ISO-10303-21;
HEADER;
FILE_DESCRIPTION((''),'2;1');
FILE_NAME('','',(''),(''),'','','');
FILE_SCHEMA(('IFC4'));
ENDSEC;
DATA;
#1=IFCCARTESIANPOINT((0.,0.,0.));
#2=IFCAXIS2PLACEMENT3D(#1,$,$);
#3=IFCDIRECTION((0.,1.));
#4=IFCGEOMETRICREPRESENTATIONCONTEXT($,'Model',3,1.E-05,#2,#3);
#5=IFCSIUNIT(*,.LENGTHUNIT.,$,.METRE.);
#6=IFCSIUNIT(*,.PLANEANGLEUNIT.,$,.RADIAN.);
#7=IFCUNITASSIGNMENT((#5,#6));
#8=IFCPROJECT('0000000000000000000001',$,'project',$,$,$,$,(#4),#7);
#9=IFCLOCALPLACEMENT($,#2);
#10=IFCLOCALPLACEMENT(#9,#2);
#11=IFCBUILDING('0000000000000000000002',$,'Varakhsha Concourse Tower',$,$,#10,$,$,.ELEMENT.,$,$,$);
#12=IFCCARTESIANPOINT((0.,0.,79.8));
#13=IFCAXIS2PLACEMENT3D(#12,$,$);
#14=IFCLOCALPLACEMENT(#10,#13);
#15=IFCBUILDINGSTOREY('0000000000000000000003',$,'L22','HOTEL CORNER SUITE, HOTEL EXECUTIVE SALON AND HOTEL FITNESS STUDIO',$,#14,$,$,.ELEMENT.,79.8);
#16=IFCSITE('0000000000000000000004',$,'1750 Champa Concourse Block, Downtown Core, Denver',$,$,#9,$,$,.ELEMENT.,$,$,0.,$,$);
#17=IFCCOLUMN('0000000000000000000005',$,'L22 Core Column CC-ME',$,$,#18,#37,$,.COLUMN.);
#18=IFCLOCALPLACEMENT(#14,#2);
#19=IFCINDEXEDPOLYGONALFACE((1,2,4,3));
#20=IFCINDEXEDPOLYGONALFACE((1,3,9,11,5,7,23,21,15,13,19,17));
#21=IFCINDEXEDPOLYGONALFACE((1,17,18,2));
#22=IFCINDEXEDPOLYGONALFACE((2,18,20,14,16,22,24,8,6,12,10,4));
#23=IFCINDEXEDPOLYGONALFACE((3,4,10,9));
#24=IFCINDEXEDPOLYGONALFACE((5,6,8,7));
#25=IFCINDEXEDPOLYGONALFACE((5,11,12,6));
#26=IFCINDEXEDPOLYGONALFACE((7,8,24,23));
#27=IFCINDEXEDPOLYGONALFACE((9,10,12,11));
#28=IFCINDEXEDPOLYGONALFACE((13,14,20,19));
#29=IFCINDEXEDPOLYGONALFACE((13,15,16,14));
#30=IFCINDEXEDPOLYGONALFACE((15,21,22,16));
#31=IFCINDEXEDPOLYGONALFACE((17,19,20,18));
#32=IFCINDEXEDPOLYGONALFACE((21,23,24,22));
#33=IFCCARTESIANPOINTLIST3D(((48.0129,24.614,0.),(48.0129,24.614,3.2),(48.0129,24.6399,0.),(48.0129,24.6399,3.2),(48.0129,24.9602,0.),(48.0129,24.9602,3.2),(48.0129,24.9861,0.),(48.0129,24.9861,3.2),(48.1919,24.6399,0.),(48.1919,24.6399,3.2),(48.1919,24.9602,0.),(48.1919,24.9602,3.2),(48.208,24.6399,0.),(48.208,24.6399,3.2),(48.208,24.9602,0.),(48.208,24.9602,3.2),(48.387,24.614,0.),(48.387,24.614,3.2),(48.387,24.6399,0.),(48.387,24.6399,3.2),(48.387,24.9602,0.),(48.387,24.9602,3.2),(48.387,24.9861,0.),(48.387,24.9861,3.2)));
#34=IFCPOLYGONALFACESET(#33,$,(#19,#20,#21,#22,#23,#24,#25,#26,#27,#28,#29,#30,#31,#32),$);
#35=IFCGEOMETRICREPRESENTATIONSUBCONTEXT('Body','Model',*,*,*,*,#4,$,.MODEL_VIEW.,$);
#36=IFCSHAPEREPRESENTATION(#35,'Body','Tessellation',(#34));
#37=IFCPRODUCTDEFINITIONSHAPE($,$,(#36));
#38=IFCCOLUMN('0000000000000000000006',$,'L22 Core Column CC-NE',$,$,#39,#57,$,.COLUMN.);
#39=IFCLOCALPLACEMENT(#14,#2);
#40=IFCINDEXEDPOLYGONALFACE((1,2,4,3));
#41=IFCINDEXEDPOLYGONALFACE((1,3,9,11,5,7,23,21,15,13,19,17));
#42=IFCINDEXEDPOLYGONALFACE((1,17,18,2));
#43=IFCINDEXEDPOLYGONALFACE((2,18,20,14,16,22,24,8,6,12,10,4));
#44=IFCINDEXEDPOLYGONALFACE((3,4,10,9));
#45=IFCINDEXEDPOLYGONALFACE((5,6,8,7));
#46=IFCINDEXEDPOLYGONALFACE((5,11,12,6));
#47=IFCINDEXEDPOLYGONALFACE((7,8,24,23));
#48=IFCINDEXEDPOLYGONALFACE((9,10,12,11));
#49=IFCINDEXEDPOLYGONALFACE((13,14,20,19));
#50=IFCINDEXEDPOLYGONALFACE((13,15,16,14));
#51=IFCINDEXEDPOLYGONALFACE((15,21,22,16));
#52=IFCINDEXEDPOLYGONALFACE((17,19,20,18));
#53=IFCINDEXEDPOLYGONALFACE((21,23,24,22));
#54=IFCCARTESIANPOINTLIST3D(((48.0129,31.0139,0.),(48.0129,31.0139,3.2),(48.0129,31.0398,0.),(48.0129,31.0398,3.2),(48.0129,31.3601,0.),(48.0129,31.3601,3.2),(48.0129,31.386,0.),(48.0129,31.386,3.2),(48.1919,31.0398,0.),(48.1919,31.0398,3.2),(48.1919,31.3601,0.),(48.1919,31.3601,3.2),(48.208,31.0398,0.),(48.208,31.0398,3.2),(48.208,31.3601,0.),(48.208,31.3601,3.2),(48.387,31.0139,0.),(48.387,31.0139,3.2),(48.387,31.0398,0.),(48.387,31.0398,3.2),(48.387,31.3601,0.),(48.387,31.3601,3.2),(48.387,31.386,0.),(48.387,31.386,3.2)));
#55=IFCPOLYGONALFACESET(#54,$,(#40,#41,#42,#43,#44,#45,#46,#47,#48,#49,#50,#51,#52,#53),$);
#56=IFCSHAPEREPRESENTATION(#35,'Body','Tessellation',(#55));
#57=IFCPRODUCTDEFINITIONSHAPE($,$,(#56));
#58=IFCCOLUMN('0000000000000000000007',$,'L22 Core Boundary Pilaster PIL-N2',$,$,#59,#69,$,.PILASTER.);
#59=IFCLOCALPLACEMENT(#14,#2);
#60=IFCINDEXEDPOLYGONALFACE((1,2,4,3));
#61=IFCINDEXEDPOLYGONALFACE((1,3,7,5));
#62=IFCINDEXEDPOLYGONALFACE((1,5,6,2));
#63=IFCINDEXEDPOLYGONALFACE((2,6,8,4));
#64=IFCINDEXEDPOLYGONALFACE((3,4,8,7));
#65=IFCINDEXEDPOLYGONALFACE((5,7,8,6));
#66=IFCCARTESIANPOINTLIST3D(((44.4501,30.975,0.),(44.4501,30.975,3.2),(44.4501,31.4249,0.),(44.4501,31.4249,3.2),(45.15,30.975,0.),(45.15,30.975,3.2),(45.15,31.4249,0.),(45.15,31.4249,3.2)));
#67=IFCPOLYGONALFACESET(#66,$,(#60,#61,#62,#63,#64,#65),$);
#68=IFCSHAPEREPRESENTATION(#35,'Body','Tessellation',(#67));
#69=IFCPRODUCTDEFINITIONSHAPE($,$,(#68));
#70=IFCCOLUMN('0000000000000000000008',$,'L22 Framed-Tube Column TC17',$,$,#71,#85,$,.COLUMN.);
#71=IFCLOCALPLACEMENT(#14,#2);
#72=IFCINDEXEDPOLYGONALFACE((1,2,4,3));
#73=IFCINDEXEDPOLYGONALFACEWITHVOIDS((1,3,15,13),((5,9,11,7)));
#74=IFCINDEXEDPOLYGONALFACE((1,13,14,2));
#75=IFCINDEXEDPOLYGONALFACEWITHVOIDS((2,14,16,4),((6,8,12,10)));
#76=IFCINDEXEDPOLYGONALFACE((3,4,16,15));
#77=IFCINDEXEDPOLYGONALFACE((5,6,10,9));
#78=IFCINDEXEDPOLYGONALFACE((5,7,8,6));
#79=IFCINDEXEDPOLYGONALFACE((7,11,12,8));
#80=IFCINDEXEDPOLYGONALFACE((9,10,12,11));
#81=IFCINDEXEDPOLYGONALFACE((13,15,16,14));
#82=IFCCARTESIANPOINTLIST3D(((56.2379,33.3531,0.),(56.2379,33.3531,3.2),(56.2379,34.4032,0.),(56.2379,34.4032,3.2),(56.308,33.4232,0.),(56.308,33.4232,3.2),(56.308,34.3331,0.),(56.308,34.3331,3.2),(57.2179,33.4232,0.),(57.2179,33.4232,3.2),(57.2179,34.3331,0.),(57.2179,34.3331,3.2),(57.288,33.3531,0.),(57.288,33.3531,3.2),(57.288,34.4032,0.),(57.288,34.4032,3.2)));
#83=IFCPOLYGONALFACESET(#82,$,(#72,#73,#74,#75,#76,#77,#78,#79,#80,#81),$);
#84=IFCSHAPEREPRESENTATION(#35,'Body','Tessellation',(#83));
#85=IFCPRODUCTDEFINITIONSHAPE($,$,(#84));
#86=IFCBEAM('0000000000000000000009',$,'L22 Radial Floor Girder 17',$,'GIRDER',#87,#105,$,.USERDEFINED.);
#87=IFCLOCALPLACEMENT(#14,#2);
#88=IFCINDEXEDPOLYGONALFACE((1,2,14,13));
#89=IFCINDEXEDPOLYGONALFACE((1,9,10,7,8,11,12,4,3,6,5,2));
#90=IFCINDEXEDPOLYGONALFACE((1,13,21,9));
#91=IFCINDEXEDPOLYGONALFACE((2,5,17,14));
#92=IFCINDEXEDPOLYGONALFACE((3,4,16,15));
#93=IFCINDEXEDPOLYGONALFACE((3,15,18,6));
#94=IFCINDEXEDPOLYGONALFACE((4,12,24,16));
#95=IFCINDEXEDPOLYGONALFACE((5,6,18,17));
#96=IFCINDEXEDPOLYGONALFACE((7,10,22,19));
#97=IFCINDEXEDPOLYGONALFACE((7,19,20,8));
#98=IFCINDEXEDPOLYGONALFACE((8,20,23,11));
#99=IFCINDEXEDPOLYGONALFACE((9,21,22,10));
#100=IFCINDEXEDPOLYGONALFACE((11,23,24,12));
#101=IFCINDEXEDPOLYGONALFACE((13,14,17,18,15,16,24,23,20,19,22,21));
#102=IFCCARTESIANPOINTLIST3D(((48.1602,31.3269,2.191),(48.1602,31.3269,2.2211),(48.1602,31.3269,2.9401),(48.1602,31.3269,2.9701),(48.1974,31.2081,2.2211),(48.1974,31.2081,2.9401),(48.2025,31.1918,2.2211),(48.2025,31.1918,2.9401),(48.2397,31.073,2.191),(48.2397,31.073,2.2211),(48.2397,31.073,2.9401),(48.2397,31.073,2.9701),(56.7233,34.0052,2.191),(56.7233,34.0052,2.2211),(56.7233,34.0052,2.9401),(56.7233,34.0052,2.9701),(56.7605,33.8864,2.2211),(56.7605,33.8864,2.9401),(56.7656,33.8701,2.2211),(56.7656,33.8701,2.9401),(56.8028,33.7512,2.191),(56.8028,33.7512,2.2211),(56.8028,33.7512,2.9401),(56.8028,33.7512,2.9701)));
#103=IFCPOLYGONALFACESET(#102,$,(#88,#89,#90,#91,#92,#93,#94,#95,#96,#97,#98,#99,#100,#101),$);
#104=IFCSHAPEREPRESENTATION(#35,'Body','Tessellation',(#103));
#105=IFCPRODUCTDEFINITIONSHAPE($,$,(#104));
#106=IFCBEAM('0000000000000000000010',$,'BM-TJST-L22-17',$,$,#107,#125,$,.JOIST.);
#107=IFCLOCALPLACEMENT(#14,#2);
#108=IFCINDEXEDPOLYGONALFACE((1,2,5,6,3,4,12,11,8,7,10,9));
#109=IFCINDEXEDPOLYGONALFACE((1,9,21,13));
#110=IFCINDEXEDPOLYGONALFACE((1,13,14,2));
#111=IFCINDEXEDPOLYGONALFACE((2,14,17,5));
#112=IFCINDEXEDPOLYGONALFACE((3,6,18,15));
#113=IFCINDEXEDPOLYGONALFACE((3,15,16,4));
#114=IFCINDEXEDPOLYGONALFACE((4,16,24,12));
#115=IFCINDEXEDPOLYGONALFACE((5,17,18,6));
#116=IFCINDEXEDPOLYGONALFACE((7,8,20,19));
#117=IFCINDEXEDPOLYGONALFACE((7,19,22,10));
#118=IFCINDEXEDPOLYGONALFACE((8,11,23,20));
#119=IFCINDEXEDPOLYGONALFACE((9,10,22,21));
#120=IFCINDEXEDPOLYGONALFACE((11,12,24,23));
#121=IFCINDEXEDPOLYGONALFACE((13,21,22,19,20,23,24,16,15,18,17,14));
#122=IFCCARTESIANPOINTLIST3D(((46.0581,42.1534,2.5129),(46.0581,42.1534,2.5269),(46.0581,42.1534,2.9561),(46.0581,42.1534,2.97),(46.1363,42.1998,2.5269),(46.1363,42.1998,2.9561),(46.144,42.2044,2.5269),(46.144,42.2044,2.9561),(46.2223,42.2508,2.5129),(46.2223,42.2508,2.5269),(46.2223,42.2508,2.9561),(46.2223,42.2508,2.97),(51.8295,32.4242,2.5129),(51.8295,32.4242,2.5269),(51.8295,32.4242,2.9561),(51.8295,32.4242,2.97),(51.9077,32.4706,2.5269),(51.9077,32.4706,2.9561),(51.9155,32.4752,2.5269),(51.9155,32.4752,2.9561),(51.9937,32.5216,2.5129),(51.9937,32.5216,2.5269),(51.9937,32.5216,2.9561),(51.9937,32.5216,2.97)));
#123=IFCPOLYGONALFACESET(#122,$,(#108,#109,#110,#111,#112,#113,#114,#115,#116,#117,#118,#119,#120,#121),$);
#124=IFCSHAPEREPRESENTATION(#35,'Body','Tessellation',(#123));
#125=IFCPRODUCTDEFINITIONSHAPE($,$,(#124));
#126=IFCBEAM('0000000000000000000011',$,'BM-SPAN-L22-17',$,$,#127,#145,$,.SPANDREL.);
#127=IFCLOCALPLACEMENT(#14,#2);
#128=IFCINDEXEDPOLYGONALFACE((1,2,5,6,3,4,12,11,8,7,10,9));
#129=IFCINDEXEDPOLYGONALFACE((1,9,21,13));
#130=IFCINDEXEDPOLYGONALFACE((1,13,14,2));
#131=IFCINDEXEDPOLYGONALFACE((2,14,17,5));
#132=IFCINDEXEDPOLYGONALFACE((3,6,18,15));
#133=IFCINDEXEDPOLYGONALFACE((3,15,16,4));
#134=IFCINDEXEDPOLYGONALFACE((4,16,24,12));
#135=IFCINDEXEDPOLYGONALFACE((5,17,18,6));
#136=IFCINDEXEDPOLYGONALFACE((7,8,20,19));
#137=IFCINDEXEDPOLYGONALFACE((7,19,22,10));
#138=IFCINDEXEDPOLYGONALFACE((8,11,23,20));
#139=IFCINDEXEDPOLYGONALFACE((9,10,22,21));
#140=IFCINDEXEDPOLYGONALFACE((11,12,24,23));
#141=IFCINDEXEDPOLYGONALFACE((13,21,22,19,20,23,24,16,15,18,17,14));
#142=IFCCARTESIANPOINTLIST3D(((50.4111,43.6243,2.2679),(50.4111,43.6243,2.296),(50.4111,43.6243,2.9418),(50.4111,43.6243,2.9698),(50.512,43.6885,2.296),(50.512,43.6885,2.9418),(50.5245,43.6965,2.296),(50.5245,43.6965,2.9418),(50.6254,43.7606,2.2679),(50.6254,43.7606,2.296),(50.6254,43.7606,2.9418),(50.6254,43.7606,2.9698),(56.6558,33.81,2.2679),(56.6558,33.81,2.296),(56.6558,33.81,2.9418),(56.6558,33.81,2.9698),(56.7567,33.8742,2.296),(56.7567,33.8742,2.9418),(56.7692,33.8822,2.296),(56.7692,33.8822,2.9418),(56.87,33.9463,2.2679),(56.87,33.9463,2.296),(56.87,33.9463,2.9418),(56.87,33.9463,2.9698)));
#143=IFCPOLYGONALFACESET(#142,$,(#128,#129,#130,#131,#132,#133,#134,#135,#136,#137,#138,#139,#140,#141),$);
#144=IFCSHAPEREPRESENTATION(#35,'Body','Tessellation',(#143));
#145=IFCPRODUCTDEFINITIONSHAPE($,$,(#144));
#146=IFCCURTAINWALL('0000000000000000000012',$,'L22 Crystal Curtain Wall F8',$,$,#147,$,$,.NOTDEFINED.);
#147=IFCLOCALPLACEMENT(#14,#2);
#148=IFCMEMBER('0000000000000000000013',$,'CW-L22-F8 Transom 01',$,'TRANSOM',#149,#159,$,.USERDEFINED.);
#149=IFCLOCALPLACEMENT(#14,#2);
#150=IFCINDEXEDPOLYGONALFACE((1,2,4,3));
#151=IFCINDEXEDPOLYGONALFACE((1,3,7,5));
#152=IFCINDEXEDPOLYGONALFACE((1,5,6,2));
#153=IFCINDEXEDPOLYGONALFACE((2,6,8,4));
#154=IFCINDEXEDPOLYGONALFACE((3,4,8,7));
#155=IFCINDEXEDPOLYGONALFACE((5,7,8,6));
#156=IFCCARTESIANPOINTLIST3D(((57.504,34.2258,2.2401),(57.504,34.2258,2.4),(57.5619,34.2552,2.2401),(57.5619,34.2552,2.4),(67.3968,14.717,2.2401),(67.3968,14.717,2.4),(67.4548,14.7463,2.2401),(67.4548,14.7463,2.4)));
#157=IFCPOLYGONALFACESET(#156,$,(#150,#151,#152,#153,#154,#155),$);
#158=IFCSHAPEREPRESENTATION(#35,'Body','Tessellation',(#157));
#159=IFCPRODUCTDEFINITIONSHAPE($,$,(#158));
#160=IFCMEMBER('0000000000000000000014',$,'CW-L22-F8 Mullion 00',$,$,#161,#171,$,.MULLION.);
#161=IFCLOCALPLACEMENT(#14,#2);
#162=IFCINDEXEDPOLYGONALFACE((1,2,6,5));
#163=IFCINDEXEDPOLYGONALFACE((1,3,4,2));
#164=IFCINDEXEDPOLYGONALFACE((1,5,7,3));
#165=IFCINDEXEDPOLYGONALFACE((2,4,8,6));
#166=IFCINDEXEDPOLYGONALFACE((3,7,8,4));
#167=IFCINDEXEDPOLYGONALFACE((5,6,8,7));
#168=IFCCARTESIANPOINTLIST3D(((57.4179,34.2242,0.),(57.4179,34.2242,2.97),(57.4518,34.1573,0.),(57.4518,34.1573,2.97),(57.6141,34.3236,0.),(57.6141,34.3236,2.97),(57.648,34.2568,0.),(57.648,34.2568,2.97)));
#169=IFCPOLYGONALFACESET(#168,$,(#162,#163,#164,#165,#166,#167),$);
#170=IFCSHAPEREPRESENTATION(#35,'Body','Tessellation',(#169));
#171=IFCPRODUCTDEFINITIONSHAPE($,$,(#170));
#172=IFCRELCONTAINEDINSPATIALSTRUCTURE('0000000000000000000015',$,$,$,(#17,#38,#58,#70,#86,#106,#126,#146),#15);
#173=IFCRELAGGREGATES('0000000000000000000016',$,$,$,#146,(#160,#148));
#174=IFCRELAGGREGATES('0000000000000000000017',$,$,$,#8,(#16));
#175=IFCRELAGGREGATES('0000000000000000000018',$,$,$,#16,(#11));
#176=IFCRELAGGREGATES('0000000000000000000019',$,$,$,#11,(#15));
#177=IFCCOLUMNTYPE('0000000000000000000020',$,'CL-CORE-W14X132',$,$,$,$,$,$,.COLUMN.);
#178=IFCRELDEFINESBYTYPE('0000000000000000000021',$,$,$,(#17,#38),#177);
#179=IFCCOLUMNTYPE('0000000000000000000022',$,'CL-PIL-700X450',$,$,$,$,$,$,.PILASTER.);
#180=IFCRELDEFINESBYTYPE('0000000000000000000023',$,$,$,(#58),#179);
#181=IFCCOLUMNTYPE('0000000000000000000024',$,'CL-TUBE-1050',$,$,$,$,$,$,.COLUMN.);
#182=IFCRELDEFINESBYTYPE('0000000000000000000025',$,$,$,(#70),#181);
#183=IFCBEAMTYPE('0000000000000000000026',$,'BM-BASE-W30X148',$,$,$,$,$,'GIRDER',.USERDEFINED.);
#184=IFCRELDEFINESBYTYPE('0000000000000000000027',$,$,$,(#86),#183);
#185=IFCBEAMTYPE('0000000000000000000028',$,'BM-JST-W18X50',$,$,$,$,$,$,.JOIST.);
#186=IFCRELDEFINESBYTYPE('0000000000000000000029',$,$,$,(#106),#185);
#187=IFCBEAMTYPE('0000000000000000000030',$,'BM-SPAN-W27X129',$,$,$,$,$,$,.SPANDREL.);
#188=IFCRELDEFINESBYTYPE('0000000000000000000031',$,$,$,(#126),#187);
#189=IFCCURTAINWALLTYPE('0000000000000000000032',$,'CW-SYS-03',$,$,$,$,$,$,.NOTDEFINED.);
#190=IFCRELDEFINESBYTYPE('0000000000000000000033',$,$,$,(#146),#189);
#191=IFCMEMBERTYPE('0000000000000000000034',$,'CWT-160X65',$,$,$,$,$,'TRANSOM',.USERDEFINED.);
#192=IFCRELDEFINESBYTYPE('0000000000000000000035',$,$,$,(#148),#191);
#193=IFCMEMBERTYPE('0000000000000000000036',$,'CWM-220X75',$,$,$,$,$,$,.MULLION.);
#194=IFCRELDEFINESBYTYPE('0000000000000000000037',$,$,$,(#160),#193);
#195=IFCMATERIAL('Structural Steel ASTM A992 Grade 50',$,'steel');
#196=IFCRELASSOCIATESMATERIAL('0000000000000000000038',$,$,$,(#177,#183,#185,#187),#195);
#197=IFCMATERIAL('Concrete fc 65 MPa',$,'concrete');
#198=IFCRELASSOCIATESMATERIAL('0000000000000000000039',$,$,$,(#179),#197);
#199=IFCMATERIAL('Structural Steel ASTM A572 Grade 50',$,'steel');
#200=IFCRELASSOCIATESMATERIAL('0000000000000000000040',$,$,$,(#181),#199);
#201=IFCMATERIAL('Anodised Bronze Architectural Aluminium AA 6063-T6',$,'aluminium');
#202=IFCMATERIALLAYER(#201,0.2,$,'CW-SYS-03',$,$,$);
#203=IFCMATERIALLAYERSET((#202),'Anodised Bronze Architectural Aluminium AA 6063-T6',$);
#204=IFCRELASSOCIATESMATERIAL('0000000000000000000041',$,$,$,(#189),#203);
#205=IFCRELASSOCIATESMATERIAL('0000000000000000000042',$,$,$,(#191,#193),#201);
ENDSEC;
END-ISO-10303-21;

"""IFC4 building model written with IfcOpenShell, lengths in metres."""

from ifc_helpers import new_model, si_unit, direction, frame, origin, origin_2d, place, context, subcontext, project, spatial, rectangle, hollow_rectangle, i_section, extrude, source, transform, mapped, material, layer, layer_set, material_profile, profile_set, type_object, type_shapes, element, aggregate, save


model = new_model("IFC4")

# Units and contexts
model_context = context("Model", 3, precision=1e-05, world=origin(), true_north=direction((0.0, 1.0)))
body_context = subcontext(model_context, "Body", "Model", "MODEL_VIEW")
ifc_project = project(units=[si_unit("LENGTHUNIT", "METRE"), si_unit("PLANEANGLEUNIT", "RADIAN")], contexts=[model_context])

# Site, building, storey
site_placement = place(None, origin())
site = spatial("IfcSite", under=ifc_project, at=site_placement, Name="1750 Champa Concourse Block, Downtown Core, Denver", CompositionType="ELEMENT", RefElevation=0.0)
building_placement = place(site_placement, origin())
building = spatial("IfcBuilding", under=site, at=building_placement, Name="Varakhsha Concourse Tower", CompositionType="ELEMENT")
storey_placement = place(building_placement, frame((0.0, 0.0, 79.8)))
storey = spatial("IfcBuildingStorey", under=building, at=storey_placement, Name="L22", Description="HOTEL CORNER SUITE, HOTEL EXECUTIVE SALON AND HOTEL FITNESS STUDIO", CompositionType="ELEMENT", Elevation=79.8)

# Columns
ifc_material_1 = material(Name="Structural Steel ASTM A992 Grade 50", Category="steel")
ifc_material_profile_1 = material_profile(ifc_material_1, i_section(OverallWidth=0.374, OverallDepth=0.3721, WebThickness=0.0161, FlangeThickness=0.0259, at=origin_2d()), Name="W14X132")
ifc_profile_set_1 = profile_set([ifc_material_profile_1], Name="Structural Steel ASTM A992 Grade 50")
column_type_1 = type_object("IfcColumnType", Name="CL-CORE-W14X132", PredefinedType="COLUMN", material=ifc_profile_set_1)
for number, where, z_axis, x_axis, name in (
    (1, (48.2, 24.8, 0.0), (0.0, 0.0, 1.0), (1.0, 0.0, 0.0), "L22 Core Column CC-ME"),
    (2, (48.2, 31.2, 0.0), (0.0, 0.0, 1.0), (1.0, 0.0, 0.0), "L22 Core Column CC-NE"),
):
    element("IfcColumn", number, at=place(storey_placement, frame(where, z_axis=z_axis, x_axis=x_axis)), inside=storey, type_object=column_type_1, Name=name, PredefinedType="COLUMN", context=body_context, shape_type="SweptSolid", body=[
        extrude(i_section(OverallWidth=0.374, OverallDepth=0.3721, WebThickness=0.0161, FlangeThickness=0.0259, at=origin_2d()), origin(), (0.0, 0.0, 1.0), 3.2),
    ])
ifc_material_2 = material(Name="Concrete fc 65 MPa", Category="concrete")
ifc_material_profile_2 = material_profile(ifc_material_2, rectangle(XDim=0.7, YDim=0.45, at=origin_2d()), Name="RC 700x450")
ifc_profile_set_2 = profile_set([ifc_material_profile_2], Name="Concrete fc 65 MPa")
column_type_2 = type_object("IfcColumnType", Name="CL-PIL-700X450", PredefinedType="PILASTER", material=ifc_profile_set_2)
column_1_placement = place(storey_placement, frame((44.8, 31.2, 0.0), z_axis=(0.0, 0.0, 1.0), x_axis=(1.0, 0.0, 0.0)))
element("IfcColumn", 3, at=column_1_placement, inside=storey, type_object=column_type_2, Name="L22 Core Boundary Pilaster PIL-N2", PredefinedType="PILASTER", context=body_context, shape_type="SweptSolid", body=[
    extrude(rectangle(XDim=0.7, YDim=0.45, at=origin_2d()), origin(), (0.0, 0.0, 1.0), 3.2),
])
ifc_material_3 = material(Name="Structural Steel ASTM A572 Grade 50", Category="steel")
ifc_material_profile_3 = material_profile(ifc_material_3, hollow_rectangle(XDim=1.05, YDim=1.05, WallThickness=0.0701, at=origin_2d()), Name="BOX 1050x1050x70")
ifc_profile_set_3 = profile_set([ifc_material_profile_3], Name="Structural Steel ASTM A572 Grade 50")
column_type_3 = type_object("IfcColumnType", Name="CL-TUBE-1050", PredefinedType="COLUMN", material=ifc_profile_set_3)
column_2_placement = place(storey_placement, frame((56.7629, 33.8782, 0.0), z_axis=(0.0, 0.0, 1.0), x_axis=(1.0, 0.0, 0.0)))
element("IfcColumn", 4, at=column_2_placement, inside=storey, type_object=column_type_3, Name="L22 Framed-Tube Column TC17", PredefinedType="COLUMN", context=body_context, shape_type="SweptSolid", body=[
    extrude(hollow_rectangle(XDim=1.05, YDim=1.05, WallThickness=0.0701, at=origin_2d()), origin(), (0.0, 0.0, 1.0), 3.2),
])

# Beams
ifc_material_profile_4 = material_profile(ifc_material_1, i_section(OverallWidth=0.2661, OverallDepth=0.7791, WebThickness=0.0171, FlangeThickness=0.03, at=origin_2d()), Name="W30X148")
ifc_profile_set_4 = profile_set([ifc_material_profile_4], Name="Structural Steel ASTM A992 Grade 50")
beam_type_1 = type_object("IfcBeamType", Name="BM-BASE-W30X148", ElementType="GIRDER", PredefinedType="USERDEFINED", material=ifc_profile_set_4)
beam_1_placement = place(storey_placement, frame((48.2, 31.2, 2.5806), z_axis=(0.954407, 0.298507, 0.0), x_axis=(-0.298507, 0.954407, 0.0)))
element("IfcBeam", 5, at=beam_1_placement, inside=storey, type_object=beam_type_1, Name="L22 Radial Floor Girder 17", ObjectType="GIRDER", PredefinedType="USERDEFINED", context=body_context, shape_type="SweptSolid", body=[
    extrude(i_section(OverallWidth=0.2661, OverallDepth=0.7791, WebThickness=0.0171, FlangeThickness=0.03, at=origin_2d()), origin(), (0.0, 0.0, 1.0), 8.9722),
])
ifc_material_profile_5 = material_profile(ifc_material_1, i_section(OverallWidth=0.1909, OverallDepth=0.457, WebThickness=0.009, FlangeThickness=0.0139, at=origin_2d()), Name="W18X50")
ifc_profile_set_5 = profile_set([ifc_material_profile_5], Name="Structural Steel ASTM A992 Grade 50")
beam_type_2 = type_object("IfcBeamType", Name="BM-JST-W18X50", PredefinedType="JOIST", material=ifc_profile_set_5)
beam_2_placement = place(storey_placement, frame((51.9116, 32.4729, 2.7415), z_axis=(-0.510195, 0.860059, 0.0), x_axis=(-0.860059, -0.510195, 0.0)))
element("IfcBeam", 6, at=beam_2_placement, inside=storey, type_object=beam_type_2, Name="BM-TJST-L22-17", PredefinedType="JOIST", context=body_context, shape_type="SweptSolid", body=[
    extrude(i_section(OverallWidth=0.1909, OverallDepth=0.457, WebThickness=0.009, FlangeThickness=0.0139, at=origin_2d()), origin(), (0.0, 0.0, 1.0), 11.3123),
])
ifc_material_profile_6 = material_profile(ifc_material_1, i_section(OverallWidth=0.2539, OverallDepth=0.7019, WebThickness=0.0149, FlangeThickness=0.0281, at=origin_2d()), Name="W27X129")
ifc_profile_set_6 = profile_set([ifc_material_profile_6], Name="Structural Steel ASTM A992 Grade 50")
beam_type_3 = type_object("IfcBeamType", Name="BM-SPAN-W27X129", PredefinedType="SPANDREL", material=ifc_profile_set_6)
beam_3_placement = place(storey_placement, frame((56.7629, 33.8782, 2.6189), z_axis=(-0.536828, 0.843692, 0.0), x_axis=(-0.843692, -0.536828, 0.0)))
element("IfcBeam", 7, at=beam_3_placement, inside=storey, type_object=beam_type_3, Name="BM-SPAN-L22-17", PredefinedType="SPANDREL", context=body_context, shape_type="SweptSolid", body=[
    extrude(i_section(OverallWidth=0.2539, OverallDepth=0.7019, WebThickness=0.0149, FlangeThickness=0.0281, at=origin_2d()), origin(), (0.0, 0.0, 1.0), 11.6326),
])

# Curtain wall, members
ifc_material_4 = material(Name="Anodised Bronze Architectural Aluminium AA 6063-T6", Category="aluminium")
ifc_layer_1 = layer(ifc_material_4, 0.2, Name="CW-SYS-03")
ifc_layer_set_1 = layer_set([ifc_layer_1], Name="Anodised Bronze Architectural Aluminium AA 6063-T6")
curtain_wall_type = type_object("IfcCurtainWallType", Name="CW-SYS-03", PredefinedType="NOTDEFINED", material=ifc_layer_set_1)
curtain_wall_1_placement = place(storey_placement, origin())
curtain_wall_1 = element("IfcCurtainWall", 8, at=curtain_wall_1_placement, inside=storey, type_object=curtain_wall_type, Name="L22 Crystal Curtain Wall F8", PredefinedType="NOTDEFINED")
ifc_material_profile_7 = material_profile(ifc_material_4, rectangle(XDim=0.0649, YDim=0.1599, at=origin_2d()), Name="CWT-160X65")
ifc_profile_set_7 = profile_set([ifc_material_profile_7], Name="Anodised Bronze Architectural Aluminium AA 6063-T6")
member_type_1 = type_object("IfcMemberType", Name="CWT-160X65", ElementType="TRANSOM", PredefinedType="USERDEFINED", material=ifc_profile_set_7)
shared_shape_1 = source(origin(), body_context, "Body", "SweptSolid", [
    extrude(rectangle(XDim=0.0649, YDim=0.1599, at=origin_2d()), origin(), (0.0, 0.0, 1.0), 21.8738),
])
type_shapes(member_type_1, [shared_shape_1])
member_1_placement = place(storey_placement, frame((57.533, 34.2405, 2.3201), z_axis=(0.452269, -0.891881, 0.0), x_axis=(0.891881, 0.452269, 0.0)))
member_1 = element("IfcMember", 9, at=member_1_placement, type_object=member_type_1, Name="CW-L22-F8 Transom 01", ObjectType="TRANSOM", PredefinedType="USERDEFINED", context=body_context, shape_type="MappedRepresentation", body=[
    mapped(shared_shape_1, transform((0.0, 0.0, 0.0), scale=1.0)),
])
ifc_material_profile_8 = material_profile(ifc_material_4, rectangle(XDim=0.075, YDim=0.22, at=origin_2d()), Name="CWM-220X75")
ifc_profile_set_8 = profile_set([ifc_material_profile_8], Name="Anodised Bronze Architectural Aluminium AA 6063-T6")
member_type_2 = type_object("IfcMemberType", Name="CWM-220X75", PredefinedType="MULLION", material=ifc_profile_set_8)
shared_shape_2 = source(origin(), body_context, "Body", "SweptSolid", [
    extrude(rectangle(XDim=0.075, YDim=0.22, at=origin_2d()), origin(), (0.0, 0.0, 1.0), 2.97),
])
type_shapes(member_type_2, [shared_shape_2])
member_2_placement = place(storey_placement, frame((57.533, 34.2405, 0.0), z_axis=(0.0, 0.0, 1.0), x_axis=(0.452274, -0.891879, 0.0)))
member_2 = element("IfcMember", 10, at=member_2_placement, type_object=member_type_2, Name="CW-L22-F8 Mullion 00", PredefinedType="MULLION", context=body_context, shape_type="MappedRepresentation", body=[
    mapped(shared_shape_2, transform((0.0, 0.0, 0.0), scale=1.0)),
])

aggregate(curtain_wall_1, [member_2, member_1])

save(model, "model.ifc")
